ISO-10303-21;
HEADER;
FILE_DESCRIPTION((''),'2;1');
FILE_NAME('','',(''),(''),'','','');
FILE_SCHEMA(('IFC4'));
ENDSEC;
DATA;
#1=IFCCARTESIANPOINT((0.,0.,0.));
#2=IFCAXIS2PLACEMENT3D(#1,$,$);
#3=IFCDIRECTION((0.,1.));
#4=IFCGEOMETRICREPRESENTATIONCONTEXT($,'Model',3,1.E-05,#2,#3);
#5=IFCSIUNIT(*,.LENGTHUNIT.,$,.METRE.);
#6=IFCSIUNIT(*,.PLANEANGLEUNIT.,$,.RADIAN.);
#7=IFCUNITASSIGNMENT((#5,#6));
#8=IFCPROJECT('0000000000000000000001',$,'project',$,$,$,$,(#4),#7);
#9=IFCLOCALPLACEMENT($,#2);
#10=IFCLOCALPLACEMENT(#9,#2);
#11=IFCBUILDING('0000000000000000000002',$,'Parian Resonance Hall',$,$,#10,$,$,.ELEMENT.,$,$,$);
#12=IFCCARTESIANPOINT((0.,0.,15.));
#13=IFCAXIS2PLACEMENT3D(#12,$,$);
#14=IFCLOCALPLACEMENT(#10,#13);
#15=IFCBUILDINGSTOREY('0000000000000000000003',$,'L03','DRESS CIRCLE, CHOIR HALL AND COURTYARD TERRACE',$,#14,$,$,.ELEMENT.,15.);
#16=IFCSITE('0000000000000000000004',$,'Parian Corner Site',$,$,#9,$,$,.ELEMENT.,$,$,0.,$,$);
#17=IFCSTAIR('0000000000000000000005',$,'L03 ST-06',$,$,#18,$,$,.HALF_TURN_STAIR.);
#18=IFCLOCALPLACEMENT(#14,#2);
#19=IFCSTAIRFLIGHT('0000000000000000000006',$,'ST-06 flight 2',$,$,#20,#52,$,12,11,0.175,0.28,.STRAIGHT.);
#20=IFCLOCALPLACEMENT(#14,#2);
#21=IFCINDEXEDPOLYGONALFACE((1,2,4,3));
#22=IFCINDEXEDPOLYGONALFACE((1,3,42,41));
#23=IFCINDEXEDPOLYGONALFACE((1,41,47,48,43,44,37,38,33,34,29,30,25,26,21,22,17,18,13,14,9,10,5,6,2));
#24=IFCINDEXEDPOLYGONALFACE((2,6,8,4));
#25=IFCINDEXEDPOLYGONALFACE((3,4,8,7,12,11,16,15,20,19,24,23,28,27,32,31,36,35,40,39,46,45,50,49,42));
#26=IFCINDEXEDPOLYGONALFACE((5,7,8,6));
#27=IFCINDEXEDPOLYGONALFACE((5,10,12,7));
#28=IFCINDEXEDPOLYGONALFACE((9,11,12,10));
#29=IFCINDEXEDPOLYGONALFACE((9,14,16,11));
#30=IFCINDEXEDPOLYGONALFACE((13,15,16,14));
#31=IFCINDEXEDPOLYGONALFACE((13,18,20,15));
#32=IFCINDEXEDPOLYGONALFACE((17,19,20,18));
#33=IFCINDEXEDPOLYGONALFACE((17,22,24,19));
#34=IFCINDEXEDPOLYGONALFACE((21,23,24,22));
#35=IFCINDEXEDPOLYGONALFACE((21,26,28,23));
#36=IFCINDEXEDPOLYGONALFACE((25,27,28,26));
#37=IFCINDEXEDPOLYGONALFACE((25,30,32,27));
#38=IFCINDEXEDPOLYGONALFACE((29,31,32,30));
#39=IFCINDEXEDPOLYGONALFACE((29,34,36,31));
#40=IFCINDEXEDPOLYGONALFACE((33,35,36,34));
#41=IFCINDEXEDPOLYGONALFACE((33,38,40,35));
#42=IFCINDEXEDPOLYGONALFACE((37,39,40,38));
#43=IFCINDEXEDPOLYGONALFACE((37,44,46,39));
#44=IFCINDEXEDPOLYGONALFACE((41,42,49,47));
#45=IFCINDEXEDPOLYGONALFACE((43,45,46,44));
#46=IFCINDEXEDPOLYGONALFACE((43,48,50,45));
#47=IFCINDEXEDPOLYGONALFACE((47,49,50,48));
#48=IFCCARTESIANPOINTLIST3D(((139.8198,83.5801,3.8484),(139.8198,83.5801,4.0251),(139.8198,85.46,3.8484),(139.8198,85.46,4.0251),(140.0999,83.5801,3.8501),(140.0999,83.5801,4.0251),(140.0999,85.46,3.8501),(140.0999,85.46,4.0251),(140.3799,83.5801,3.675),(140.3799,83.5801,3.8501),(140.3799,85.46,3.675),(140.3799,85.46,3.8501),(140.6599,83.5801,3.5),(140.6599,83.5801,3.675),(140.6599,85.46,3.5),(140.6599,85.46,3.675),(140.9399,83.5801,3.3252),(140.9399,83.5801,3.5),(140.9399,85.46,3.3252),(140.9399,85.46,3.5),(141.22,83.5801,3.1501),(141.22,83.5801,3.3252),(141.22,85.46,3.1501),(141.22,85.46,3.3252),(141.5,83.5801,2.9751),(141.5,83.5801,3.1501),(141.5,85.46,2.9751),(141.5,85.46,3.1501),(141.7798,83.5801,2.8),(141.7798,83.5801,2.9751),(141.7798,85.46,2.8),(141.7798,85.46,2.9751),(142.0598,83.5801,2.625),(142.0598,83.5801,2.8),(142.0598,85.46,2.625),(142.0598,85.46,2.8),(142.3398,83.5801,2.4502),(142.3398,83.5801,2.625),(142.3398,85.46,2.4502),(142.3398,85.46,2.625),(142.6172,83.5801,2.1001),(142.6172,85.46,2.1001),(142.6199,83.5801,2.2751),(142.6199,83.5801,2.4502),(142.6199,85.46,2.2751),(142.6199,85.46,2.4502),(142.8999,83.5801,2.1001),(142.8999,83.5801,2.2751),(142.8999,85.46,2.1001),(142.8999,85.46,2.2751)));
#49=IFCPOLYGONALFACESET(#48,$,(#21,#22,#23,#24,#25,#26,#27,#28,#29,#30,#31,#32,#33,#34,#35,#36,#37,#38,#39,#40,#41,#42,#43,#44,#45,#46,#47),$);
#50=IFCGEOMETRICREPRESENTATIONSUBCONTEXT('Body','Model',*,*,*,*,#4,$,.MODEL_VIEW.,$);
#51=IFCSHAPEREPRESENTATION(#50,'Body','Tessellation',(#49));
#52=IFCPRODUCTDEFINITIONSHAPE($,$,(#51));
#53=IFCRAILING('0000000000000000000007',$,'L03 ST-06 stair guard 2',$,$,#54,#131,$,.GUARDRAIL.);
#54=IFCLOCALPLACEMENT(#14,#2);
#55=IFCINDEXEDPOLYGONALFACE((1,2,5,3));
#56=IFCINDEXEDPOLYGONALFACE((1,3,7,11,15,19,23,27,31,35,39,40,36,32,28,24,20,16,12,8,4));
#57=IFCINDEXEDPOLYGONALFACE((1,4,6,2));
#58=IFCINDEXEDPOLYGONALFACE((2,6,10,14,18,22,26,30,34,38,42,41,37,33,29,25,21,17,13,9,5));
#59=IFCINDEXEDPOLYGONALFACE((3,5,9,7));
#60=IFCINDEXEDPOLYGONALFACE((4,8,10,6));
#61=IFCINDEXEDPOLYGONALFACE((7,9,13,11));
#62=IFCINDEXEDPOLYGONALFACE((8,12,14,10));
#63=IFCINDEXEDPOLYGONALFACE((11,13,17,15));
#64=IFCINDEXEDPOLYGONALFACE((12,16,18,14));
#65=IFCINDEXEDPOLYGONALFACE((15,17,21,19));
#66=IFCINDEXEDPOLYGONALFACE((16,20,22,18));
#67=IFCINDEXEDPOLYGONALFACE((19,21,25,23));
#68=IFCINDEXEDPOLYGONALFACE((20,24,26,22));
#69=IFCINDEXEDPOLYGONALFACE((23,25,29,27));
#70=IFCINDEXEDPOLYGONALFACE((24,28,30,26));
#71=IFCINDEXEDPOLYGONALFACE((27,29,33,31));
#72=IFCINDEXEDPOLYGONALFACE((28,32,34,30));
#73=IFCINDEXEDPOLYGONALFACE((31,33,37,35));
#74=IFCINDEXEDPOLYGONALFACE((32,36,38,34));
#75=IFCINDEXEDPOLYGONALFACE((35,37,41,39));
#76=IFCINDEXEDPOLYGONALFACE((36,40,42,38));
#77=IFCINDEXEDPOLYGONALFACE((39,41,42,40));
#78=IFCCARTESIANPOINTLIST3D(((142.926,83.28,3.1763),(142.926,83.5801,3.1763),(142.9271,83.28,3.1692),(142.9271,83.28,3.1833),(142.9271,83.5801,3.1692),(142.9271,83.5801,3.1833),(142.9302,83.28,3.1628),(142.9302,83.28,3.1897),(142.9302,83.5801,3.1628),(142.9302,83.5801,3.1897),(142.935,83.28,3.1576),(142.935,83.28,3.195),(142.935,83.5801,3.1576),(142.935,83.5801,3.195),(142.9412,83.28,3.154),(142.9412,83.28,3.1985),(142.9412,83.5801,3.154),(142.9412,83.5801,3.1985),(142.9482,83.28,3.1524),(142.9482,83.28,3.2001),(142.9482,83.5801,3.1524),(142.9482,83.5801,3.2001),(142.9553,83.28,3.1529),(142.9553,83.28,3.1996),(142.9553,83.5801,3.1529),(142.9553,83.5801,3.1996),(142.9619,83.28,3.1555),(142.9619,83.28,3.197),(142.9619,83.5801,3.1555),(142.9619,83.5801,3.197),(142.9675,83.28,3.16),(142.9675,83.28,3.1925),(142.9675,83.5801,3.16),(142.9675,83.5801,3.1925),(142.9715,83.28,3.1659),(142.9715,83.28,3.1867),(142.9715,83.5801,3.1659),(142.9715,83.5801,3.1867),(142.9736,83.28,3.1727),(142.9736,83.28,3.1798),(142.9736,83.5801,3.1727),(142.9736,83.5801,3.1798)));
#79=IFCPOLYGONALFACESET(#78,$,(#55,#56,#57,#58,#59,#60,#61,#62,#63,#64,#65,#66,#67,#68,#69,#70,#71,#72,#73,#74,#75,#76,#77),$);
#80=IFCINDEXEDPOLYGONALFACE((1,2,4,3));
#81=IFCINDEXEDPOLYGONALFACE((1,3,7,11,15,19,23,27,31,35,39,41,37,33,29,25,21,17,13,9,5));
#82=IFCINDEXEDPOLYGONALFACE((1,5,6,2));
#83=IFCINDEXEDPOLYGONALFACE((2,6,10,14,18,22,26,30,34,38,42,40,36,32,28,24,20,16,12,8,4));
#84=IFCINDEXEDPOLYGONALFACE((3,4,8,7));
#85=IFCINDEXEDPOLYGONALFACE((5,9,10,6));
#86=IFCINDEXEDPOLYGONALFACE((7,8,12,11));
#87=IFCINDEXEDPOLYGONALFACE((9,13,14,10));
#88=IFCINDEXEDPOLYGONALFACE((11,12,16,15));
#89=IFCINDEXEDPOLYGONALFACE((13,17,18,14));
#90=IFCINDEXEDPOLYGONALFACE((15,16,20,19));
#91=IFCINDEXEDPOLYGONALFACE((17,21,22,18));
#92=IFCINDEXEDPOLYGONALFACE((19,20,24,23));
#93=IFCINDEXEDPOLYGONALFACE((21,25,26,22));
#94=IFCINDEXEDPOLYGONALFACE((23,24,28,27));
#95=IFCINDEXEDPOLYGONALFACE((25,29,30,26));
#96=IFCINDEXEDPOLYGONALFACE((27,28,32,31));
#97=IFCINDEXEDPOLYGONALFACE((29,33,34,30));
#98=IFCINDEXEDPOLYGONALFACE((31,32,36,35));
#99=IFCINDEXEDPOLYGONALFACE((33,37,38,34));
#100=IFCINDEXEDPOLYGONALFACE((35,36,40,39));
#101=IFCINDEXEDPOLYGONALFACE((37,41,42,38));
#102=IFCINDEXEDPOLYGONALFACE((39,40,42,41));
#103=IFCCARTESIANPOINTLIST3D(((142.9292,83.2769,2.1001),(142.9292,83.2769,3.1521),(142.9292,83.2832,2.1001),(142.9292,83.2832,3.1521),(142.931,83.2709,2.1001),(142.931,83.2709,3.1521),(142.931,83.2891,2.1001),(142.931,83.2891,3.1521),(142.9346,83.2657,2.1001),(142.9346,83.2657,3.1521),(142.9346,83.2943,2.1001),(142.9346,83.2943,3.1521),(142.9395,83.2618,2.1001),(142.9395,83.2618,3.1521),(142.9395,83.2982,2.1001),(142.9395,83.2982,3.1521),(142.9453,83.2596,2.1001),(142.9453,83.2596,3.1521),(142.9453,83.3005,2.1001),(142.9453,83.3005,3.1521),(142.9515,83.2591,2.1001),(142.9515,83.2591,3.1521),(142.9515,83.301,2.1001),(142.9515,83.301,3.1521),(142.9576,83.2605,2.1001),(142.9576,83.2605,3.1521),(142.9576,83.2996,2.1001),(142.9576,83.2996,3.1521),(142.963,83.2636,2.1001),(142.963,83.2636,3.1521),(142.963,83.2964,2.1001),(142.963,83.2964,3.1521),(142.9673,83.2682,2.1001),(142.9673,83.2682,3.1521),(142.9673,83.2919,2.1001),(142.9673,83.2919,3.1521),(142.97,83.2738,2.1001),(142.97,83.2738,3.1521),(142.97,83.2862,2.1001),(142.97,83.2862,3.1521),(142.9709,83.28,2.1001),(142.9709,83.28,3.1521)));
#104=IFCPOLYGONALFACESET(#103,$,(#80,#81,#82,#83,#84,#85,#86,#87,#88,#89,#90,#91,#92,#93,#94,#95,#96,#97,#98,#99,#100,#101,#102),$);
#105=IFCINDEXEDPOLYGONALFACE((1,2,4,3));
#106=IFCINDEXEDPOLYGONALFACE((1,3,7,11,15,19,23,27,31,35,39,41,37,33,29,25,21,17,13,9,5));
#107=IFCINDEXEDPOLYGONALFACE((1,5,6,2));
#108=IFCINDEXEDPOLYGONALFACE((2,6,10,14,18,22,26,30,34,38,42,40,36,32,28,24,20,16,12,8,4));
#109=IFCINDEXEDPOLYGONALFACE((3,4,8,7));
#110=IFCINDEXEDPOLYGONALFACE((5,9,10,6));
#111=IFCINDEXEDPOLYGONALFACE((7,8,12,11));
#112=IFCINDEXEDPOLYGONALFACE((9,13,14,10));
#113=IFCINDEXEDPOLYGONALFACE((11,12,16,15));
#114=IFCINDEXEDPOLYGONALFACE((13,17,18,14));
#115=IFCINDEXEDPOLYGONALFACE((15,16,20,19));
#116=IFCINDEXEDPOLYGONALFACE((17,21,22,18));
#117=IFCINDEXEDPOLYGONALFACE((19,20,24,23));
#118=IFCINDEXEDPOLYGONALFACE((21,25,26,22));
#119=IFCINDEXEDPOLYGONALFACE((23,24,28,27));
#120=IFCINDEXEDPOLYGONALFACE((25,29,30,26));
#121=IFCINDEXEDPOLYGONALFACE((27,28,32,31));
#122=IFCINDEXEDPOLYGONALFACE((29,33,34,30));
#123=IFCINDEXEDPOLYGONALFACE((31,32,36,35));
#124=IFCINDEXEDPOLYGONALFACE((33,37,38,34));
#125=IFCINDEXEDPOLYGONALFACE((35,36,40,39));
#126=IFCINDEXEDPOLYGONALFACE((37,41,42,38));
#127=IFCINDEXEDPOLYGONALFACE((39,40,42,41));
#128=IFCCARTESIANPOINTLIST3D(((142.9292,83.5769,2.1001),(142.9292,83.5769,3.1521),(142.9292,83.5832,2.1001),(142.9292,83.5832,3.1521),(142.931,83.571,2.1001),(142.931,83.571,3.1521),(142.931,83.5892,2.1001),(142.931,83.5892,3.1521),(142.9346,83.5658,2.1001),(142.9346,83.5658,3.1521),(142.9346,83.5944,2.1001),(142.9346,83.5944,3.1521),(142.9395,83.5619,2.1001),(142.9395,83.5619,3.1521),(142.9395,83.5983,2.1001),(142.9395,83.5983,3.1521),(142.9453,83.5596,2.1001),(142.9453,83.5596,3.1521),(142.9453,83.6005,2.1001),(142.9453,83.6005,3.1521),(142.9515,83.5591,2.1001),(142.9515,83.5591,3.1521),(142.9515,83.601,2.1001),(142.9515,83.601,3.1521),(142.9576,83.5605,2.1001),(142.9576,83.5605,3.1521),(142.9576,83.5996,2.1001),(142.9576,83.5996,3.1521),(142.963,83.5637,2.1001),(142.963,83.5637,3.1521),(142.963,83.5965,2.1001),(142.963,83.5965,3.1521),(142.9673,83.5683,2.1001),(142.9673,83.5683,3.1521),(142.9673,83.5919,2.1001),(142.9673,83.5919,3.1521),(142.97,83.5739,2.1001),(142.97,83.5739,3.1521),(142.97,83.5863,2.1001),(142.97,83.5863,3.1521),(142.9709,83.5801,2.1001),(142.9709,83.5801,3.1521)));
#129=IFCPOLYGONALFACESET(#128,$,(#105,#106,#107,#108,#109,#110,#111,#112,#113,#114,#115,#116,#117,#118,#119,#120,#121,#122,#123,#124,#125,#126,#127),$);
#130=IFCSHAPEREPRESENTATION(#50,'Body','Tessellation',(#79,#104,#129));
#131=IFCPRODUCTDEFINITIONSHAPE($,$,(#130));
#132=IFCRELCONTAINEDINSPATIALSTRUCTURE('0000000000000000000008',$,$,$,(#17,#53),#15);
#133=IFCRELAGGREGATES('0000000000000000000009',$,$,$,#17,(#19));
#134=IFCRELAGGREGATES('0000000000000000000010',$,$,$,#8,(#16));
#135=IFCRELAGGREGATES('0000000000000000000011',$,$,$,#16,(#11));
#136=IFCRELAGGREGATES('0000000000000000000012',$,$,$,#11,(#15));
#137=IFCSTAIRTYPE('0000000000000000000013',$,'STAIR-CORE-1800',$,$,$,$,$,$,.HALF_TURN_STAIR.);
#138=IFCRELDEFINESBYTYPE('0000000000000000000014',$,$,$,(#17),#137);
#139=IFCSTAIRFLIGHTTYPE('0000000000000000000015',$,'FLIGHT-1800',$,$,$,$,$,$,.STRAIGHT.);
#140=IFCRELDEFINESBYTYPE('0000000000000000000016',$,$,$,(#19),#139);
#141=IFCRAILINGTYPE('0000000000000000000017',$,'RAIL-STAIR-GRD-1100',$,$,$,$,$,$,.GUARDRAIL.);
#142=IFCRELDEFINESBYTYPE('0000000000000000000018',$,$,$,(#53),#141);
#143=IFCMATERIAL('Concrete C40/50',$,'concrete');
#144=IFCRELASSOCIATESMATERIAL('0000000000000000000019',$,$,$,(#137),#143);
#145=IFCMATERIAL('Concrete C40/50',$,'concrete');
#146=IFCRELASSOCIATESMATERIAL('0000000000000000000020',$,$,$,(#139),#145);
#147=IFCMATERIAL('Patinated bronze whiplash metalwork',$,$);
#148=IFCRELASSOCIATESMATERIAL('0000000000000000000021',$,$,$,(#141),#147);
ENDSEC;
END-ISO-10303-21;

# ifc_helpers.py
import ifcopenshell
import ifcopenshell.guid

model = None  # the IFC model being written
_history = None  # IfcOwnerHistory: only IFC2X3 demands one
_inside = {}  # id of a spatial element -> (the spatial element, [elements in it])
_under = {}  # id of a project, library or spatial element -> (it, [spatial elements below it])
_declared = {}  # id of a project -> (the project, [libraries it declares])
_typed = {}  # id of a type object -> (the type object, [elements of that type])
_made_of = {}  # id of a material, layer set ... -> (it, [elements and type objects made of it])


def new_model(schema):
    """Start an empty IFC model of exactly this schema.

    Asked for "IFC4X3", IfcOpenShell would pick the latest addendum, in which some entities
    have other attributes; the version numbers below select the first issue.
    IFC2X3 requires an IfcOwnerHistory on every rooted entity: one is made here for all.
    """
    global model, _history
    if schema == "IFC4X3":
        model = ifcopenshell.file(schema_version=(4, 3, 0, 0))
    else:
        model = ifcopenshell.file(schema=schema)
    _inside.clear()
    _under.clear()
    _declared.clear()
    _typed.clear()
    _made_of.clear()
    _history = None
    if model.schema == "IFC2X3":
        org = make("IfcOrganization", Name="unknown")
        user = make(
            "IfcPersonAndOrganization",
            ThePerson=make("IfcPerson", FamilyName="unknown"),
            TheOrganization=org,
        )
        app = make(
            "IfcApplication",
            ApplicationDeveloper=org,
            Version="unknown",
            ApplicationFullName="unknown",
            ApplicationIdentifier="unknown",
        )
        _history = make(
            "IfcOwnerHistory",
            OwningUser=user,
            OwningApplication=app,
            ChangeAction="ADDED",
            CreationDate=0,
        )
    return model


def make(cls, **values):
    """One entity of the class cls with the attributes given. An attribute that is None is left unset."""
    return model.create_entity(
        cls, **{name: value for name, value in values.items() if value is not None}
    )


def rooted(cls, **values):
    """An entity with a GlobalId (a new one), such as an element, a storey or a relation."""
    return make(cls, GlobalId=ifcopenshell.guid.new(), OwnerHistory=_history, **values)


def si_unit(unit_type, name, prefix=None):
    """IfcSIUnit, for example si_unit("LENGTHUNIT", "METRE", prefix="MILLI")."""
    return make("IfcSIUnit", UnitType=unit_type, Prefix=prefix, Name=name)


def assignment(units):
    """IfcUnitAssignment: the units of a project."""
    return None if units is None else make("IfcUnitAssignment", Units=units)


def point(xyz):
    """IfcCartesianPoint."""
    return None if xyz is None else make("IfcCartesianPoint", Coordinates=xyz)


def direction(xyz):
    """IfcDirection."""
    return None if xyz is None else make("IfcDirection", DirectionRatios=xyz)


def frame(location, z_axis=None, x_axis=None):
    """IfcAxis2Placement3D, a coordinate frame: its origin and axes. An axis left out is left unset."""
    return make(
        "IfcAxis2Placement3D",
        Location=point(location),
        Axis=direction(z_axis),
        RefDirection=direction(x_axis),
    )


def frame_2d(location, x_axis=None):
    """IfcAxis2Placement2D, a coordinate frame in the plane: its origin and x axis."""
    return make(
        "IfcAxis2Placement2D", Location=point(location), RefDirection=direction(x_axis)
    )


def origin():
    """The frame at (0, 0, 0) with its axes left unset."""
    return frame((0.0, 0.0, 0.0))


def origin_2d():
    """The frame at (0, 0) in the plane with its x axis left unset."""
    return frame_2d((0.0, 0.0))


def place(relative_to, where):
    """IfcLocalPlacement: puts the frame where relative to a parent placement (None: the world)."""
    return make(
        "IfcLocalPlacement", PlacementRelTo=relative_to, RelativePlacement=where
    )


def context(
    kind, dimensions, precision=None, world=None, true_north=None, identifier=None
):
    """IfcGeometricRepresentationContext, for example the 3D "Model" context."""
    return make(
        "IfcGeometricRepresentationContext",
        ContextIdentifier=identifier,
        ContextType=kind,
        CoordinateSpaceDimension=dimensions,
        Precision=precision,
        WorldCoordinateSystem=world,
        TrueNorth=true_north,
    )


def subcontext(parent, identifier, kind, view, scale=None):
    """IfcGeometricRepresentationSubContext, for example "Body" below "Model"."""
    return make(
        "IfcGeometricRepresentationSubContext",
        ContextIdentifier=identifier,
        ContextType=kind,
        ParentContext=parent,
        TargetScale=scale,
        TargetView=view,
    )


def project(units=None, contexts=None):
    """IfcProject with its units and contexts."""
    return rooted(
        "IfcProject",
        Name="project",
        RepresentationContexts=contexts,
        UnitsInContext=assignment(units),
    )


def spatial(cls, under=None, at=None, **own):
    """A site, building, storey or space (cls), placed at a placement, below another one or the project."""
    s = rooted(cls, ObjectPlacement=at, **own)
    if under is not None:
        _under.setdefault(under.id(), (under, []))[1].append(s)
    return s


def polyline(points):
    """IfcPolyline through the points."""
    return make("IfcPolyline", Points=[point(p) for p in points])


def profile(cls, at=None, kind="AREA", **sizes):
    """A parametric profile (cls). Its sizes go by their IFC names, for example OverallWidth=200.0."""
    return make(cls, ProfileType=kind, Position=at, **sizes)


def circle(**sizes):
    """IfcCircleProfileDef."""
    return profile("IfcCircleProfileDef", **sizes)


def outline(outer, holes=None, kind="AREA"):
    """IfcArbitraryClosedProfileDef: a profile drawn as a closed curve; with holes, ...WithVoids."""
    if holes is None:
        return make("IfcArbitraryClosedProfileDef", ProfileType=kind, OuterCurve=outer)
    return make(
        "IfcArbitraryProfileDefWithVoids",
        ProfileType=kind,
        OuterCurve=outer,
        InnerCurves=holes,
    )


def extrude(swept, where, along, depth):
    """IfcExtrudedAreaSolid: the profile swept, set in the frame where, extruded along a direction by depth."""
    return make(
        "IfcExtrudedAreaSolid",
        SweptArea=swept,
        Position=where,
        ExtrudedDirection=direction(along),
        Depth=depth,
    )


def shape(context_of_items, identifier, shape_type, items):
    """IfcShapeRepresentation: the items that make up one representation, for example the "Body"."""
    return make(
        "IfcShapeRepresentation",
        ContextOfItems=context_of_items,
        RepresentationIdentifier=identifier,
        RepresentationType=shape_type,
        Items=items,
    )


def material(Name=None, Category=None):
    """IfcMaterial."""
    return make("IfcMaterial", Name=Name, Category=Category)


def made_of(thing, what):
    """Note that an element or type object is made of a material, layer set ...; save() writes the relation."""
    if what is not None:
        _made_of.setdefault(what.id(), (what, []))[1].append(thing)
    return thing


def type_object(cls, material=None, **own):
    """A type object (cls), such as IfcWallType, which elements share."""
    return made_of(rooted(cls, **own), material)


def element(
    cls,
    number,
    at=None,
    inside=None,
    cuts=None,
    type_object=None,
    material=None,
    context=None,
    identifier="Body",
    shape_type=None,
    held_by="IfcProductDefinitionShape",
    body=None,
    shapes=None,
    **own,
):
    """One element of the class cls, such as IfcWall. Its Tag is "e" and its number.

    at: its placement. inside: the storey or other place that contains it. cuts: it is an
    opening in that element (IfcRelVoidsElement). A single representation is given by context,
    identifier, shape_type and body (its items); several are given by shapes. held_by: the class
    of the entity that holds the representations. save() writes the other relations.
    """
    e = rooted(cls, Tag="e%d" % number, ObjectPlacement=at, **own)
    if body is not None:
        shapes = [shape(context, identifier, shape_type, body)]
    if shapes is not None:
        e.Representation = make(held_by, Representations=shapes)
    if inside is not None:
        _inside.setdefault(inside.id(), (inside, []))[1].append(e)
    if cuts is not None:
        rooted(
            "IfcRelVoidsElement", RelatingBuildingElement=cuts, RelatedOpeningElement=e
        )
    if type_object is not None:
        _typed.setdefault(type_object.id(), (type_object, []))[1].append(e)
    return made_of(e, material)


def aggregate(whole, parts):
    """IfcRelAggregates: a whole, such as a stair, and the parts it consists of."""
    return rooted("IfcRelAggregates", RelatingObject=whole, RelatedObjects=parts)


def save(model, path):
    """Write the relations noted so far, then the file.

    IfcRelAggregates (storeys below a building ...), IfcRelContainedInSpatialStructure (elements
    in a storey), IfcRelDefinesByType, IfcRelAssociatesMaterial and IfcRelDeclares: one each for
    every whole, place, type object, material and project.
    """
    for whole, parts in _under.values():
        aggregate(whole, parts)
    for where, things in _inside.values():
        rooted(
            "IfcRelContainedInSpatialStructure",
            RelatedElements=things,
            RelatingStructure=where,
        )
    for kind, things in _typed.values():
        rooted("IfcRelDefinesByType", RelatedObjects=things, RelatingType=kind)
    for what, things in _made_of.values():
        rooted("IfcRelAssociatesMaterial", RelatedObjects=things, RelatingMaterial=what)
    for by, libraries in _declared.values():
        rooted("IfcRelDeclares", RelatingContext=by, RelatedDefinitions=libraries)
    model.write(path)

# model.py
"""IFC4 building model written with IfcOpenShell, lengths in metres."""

from ifc_helpers import new_model, si_unit, direction, frame, origin, origin_2d, place, context, subcontext, project, spatial, polyline, circle, outline, extrude, material, type_object, element, aggregate, save


model = new_model("IFC4")

# Units and contexts
model_context = context("Model", 3, precision=1e-05, world=origin(), true_north=direction((0.0, 1.0)))
body_context = subcontext(model_context, "Body", "Model", "MODEL_VIEW")
ifc_project = project(units=[si_unit("LENGTHUNIT", "METRE"), si_unit("PLANEANGLEUNIT", "RADIAN")], contexts=[model_context])

# Site, building, storey
site_placement = place(None, origin())
site = spatial("IfcSite", under=ifc_project, at=site_placement, Name="Parian Corner Site", CompositionType="ELEMENT", RefElevation=0.0)
building_placement = place(site_placement, origin())
building = spatial("IfcBuilding", under=site, at=building_placement, Name="Parian Resonance Hall", CompositionType="ELEMENT")
storey_placement = place(building_placement, frame((0.0, 0.0, 15.0)))
storey = spatial("IfcBuildingStorey", under=building, at=storey_placement, Name="L03", Description="DRESS CIRCLE, CHOIR HALL AND COURTYARD TERRACE", CompositionType="ELEMENT", Elevation=15.0)

# Stair, stair flight
ifc_material_1 = material(Name="Concrete C40/50", Category="concrete")
stair_type = type_object("IfcStairType", Name="STAIR-CORE-1800", PredefinedType="HALF_TURN_STAIR", material=ifc_material_1)
stair_placement = place(storey_placement, origin())
stair = element("IfcStair", 1, at=stair_placement, inside=storey, type_object=stair_type, Name="L03 ST-06", PredefinedType="HALF_TURN_STAIR")
ifc_material_2 = material(Name="Concrete C40/50", Category="concrete")
stair_flight_type = type_object("IfcStairFlightType", Name="FLIGHT-1800", PredefinedType="STRAIGHT", material=ifc_material_2)
stair_flight_placement = place(storey_placement, frame((142.8999, 84.52, 2.1001), z_axis=(0.0, 0.0, 1.0), x_axis=(-1.0, 0.0, 0.0)))
stair_flight = element("IfcStairFlight", 2, at=stair_flight_placement, type_object=stair_flight_type, Name="ST-06 flight 2", NumberOfRisers=12, NumberOfTreads=11, PredefinedType="STRAIGHT", RiserHeight=0.175, TreadLength=0.28, context=body_context, shape_type="SweptSolid", body=[
    extrude(outline(polyline([(0.0, 0.0), (0.0, 0.175), (0.28, 0.175), (0.28, 0.3501), (0.5601, 0.3501), (0.5601, 0.5249), (0.8401, 0.5249), (0.8401, 0.7), (1.1201, 0.7), (1.1201, 0.875), (1.3999, 0.875), (1.3999, 1.05), (1.6799, 1.05), (1.6799, 1.2251), (1.96, 1.2251), (1.96, 1.3999), (2.24, 1.3999), (2.24, 1.575), (2.52, 1.575), (2.52, 1.75), (2.8, 1.75), (2.8, 1.925), (3.0801, 1.925), (3.0801, 2.1001), (3.0801, 1.7483), (0.2827, 0.0), (0.0, 0.0)])), frame((0.0, 0.9399, 0.0), z_axis=(0.0, -1.0, 0.0), x_axis=(1.0, 0.0, 0.0)), (0.0, 0.0, 1.0), 1.8799),
])
aggregate(stair, [stair_flight])

# Railing
ifc_material_3 = material(Name="Patinated bronze whiplash metalwork")
railing_type_1 = type_object("IfcRailingType", Name="RAIL-STAIR-GRD-1100", PredefinedType="GUARDRAIL", material=ifc_material_3)
railing_1_placement = place(storey_placement, frame((142.95, 83.28, 2.1001)))
element("IfcRailing", 3, at=railing_1_placement, inside=storey, type_object=railing_type_1, Name="L03 ST-06 stair guard 2", PredefinedType="GUARDRAIL", context=body_context, shape_type="SweptSolid", body=[
    extrude(circle(Radius=0.0239, at=origin_2d()), frame((0.0, 0.0, 1.0762), z_axis=(0.0, 1.0, 0.0), x_axis=(-1.0, 0.0, 0.0)), (0.0, 0.0, 1.0), 0.3),
    extrude(circle(Radius=0.021, at=origin_2d()), origin(), (0.0, 0.0, 1.0), 1.052),
    extrude(circle(Radius=0.021, at=origin_2d()), frame((0.0, 0.3, 0.0)), (0.0, 0.0, 1.0), 1.052),
])

save(model, "model.ifc")
